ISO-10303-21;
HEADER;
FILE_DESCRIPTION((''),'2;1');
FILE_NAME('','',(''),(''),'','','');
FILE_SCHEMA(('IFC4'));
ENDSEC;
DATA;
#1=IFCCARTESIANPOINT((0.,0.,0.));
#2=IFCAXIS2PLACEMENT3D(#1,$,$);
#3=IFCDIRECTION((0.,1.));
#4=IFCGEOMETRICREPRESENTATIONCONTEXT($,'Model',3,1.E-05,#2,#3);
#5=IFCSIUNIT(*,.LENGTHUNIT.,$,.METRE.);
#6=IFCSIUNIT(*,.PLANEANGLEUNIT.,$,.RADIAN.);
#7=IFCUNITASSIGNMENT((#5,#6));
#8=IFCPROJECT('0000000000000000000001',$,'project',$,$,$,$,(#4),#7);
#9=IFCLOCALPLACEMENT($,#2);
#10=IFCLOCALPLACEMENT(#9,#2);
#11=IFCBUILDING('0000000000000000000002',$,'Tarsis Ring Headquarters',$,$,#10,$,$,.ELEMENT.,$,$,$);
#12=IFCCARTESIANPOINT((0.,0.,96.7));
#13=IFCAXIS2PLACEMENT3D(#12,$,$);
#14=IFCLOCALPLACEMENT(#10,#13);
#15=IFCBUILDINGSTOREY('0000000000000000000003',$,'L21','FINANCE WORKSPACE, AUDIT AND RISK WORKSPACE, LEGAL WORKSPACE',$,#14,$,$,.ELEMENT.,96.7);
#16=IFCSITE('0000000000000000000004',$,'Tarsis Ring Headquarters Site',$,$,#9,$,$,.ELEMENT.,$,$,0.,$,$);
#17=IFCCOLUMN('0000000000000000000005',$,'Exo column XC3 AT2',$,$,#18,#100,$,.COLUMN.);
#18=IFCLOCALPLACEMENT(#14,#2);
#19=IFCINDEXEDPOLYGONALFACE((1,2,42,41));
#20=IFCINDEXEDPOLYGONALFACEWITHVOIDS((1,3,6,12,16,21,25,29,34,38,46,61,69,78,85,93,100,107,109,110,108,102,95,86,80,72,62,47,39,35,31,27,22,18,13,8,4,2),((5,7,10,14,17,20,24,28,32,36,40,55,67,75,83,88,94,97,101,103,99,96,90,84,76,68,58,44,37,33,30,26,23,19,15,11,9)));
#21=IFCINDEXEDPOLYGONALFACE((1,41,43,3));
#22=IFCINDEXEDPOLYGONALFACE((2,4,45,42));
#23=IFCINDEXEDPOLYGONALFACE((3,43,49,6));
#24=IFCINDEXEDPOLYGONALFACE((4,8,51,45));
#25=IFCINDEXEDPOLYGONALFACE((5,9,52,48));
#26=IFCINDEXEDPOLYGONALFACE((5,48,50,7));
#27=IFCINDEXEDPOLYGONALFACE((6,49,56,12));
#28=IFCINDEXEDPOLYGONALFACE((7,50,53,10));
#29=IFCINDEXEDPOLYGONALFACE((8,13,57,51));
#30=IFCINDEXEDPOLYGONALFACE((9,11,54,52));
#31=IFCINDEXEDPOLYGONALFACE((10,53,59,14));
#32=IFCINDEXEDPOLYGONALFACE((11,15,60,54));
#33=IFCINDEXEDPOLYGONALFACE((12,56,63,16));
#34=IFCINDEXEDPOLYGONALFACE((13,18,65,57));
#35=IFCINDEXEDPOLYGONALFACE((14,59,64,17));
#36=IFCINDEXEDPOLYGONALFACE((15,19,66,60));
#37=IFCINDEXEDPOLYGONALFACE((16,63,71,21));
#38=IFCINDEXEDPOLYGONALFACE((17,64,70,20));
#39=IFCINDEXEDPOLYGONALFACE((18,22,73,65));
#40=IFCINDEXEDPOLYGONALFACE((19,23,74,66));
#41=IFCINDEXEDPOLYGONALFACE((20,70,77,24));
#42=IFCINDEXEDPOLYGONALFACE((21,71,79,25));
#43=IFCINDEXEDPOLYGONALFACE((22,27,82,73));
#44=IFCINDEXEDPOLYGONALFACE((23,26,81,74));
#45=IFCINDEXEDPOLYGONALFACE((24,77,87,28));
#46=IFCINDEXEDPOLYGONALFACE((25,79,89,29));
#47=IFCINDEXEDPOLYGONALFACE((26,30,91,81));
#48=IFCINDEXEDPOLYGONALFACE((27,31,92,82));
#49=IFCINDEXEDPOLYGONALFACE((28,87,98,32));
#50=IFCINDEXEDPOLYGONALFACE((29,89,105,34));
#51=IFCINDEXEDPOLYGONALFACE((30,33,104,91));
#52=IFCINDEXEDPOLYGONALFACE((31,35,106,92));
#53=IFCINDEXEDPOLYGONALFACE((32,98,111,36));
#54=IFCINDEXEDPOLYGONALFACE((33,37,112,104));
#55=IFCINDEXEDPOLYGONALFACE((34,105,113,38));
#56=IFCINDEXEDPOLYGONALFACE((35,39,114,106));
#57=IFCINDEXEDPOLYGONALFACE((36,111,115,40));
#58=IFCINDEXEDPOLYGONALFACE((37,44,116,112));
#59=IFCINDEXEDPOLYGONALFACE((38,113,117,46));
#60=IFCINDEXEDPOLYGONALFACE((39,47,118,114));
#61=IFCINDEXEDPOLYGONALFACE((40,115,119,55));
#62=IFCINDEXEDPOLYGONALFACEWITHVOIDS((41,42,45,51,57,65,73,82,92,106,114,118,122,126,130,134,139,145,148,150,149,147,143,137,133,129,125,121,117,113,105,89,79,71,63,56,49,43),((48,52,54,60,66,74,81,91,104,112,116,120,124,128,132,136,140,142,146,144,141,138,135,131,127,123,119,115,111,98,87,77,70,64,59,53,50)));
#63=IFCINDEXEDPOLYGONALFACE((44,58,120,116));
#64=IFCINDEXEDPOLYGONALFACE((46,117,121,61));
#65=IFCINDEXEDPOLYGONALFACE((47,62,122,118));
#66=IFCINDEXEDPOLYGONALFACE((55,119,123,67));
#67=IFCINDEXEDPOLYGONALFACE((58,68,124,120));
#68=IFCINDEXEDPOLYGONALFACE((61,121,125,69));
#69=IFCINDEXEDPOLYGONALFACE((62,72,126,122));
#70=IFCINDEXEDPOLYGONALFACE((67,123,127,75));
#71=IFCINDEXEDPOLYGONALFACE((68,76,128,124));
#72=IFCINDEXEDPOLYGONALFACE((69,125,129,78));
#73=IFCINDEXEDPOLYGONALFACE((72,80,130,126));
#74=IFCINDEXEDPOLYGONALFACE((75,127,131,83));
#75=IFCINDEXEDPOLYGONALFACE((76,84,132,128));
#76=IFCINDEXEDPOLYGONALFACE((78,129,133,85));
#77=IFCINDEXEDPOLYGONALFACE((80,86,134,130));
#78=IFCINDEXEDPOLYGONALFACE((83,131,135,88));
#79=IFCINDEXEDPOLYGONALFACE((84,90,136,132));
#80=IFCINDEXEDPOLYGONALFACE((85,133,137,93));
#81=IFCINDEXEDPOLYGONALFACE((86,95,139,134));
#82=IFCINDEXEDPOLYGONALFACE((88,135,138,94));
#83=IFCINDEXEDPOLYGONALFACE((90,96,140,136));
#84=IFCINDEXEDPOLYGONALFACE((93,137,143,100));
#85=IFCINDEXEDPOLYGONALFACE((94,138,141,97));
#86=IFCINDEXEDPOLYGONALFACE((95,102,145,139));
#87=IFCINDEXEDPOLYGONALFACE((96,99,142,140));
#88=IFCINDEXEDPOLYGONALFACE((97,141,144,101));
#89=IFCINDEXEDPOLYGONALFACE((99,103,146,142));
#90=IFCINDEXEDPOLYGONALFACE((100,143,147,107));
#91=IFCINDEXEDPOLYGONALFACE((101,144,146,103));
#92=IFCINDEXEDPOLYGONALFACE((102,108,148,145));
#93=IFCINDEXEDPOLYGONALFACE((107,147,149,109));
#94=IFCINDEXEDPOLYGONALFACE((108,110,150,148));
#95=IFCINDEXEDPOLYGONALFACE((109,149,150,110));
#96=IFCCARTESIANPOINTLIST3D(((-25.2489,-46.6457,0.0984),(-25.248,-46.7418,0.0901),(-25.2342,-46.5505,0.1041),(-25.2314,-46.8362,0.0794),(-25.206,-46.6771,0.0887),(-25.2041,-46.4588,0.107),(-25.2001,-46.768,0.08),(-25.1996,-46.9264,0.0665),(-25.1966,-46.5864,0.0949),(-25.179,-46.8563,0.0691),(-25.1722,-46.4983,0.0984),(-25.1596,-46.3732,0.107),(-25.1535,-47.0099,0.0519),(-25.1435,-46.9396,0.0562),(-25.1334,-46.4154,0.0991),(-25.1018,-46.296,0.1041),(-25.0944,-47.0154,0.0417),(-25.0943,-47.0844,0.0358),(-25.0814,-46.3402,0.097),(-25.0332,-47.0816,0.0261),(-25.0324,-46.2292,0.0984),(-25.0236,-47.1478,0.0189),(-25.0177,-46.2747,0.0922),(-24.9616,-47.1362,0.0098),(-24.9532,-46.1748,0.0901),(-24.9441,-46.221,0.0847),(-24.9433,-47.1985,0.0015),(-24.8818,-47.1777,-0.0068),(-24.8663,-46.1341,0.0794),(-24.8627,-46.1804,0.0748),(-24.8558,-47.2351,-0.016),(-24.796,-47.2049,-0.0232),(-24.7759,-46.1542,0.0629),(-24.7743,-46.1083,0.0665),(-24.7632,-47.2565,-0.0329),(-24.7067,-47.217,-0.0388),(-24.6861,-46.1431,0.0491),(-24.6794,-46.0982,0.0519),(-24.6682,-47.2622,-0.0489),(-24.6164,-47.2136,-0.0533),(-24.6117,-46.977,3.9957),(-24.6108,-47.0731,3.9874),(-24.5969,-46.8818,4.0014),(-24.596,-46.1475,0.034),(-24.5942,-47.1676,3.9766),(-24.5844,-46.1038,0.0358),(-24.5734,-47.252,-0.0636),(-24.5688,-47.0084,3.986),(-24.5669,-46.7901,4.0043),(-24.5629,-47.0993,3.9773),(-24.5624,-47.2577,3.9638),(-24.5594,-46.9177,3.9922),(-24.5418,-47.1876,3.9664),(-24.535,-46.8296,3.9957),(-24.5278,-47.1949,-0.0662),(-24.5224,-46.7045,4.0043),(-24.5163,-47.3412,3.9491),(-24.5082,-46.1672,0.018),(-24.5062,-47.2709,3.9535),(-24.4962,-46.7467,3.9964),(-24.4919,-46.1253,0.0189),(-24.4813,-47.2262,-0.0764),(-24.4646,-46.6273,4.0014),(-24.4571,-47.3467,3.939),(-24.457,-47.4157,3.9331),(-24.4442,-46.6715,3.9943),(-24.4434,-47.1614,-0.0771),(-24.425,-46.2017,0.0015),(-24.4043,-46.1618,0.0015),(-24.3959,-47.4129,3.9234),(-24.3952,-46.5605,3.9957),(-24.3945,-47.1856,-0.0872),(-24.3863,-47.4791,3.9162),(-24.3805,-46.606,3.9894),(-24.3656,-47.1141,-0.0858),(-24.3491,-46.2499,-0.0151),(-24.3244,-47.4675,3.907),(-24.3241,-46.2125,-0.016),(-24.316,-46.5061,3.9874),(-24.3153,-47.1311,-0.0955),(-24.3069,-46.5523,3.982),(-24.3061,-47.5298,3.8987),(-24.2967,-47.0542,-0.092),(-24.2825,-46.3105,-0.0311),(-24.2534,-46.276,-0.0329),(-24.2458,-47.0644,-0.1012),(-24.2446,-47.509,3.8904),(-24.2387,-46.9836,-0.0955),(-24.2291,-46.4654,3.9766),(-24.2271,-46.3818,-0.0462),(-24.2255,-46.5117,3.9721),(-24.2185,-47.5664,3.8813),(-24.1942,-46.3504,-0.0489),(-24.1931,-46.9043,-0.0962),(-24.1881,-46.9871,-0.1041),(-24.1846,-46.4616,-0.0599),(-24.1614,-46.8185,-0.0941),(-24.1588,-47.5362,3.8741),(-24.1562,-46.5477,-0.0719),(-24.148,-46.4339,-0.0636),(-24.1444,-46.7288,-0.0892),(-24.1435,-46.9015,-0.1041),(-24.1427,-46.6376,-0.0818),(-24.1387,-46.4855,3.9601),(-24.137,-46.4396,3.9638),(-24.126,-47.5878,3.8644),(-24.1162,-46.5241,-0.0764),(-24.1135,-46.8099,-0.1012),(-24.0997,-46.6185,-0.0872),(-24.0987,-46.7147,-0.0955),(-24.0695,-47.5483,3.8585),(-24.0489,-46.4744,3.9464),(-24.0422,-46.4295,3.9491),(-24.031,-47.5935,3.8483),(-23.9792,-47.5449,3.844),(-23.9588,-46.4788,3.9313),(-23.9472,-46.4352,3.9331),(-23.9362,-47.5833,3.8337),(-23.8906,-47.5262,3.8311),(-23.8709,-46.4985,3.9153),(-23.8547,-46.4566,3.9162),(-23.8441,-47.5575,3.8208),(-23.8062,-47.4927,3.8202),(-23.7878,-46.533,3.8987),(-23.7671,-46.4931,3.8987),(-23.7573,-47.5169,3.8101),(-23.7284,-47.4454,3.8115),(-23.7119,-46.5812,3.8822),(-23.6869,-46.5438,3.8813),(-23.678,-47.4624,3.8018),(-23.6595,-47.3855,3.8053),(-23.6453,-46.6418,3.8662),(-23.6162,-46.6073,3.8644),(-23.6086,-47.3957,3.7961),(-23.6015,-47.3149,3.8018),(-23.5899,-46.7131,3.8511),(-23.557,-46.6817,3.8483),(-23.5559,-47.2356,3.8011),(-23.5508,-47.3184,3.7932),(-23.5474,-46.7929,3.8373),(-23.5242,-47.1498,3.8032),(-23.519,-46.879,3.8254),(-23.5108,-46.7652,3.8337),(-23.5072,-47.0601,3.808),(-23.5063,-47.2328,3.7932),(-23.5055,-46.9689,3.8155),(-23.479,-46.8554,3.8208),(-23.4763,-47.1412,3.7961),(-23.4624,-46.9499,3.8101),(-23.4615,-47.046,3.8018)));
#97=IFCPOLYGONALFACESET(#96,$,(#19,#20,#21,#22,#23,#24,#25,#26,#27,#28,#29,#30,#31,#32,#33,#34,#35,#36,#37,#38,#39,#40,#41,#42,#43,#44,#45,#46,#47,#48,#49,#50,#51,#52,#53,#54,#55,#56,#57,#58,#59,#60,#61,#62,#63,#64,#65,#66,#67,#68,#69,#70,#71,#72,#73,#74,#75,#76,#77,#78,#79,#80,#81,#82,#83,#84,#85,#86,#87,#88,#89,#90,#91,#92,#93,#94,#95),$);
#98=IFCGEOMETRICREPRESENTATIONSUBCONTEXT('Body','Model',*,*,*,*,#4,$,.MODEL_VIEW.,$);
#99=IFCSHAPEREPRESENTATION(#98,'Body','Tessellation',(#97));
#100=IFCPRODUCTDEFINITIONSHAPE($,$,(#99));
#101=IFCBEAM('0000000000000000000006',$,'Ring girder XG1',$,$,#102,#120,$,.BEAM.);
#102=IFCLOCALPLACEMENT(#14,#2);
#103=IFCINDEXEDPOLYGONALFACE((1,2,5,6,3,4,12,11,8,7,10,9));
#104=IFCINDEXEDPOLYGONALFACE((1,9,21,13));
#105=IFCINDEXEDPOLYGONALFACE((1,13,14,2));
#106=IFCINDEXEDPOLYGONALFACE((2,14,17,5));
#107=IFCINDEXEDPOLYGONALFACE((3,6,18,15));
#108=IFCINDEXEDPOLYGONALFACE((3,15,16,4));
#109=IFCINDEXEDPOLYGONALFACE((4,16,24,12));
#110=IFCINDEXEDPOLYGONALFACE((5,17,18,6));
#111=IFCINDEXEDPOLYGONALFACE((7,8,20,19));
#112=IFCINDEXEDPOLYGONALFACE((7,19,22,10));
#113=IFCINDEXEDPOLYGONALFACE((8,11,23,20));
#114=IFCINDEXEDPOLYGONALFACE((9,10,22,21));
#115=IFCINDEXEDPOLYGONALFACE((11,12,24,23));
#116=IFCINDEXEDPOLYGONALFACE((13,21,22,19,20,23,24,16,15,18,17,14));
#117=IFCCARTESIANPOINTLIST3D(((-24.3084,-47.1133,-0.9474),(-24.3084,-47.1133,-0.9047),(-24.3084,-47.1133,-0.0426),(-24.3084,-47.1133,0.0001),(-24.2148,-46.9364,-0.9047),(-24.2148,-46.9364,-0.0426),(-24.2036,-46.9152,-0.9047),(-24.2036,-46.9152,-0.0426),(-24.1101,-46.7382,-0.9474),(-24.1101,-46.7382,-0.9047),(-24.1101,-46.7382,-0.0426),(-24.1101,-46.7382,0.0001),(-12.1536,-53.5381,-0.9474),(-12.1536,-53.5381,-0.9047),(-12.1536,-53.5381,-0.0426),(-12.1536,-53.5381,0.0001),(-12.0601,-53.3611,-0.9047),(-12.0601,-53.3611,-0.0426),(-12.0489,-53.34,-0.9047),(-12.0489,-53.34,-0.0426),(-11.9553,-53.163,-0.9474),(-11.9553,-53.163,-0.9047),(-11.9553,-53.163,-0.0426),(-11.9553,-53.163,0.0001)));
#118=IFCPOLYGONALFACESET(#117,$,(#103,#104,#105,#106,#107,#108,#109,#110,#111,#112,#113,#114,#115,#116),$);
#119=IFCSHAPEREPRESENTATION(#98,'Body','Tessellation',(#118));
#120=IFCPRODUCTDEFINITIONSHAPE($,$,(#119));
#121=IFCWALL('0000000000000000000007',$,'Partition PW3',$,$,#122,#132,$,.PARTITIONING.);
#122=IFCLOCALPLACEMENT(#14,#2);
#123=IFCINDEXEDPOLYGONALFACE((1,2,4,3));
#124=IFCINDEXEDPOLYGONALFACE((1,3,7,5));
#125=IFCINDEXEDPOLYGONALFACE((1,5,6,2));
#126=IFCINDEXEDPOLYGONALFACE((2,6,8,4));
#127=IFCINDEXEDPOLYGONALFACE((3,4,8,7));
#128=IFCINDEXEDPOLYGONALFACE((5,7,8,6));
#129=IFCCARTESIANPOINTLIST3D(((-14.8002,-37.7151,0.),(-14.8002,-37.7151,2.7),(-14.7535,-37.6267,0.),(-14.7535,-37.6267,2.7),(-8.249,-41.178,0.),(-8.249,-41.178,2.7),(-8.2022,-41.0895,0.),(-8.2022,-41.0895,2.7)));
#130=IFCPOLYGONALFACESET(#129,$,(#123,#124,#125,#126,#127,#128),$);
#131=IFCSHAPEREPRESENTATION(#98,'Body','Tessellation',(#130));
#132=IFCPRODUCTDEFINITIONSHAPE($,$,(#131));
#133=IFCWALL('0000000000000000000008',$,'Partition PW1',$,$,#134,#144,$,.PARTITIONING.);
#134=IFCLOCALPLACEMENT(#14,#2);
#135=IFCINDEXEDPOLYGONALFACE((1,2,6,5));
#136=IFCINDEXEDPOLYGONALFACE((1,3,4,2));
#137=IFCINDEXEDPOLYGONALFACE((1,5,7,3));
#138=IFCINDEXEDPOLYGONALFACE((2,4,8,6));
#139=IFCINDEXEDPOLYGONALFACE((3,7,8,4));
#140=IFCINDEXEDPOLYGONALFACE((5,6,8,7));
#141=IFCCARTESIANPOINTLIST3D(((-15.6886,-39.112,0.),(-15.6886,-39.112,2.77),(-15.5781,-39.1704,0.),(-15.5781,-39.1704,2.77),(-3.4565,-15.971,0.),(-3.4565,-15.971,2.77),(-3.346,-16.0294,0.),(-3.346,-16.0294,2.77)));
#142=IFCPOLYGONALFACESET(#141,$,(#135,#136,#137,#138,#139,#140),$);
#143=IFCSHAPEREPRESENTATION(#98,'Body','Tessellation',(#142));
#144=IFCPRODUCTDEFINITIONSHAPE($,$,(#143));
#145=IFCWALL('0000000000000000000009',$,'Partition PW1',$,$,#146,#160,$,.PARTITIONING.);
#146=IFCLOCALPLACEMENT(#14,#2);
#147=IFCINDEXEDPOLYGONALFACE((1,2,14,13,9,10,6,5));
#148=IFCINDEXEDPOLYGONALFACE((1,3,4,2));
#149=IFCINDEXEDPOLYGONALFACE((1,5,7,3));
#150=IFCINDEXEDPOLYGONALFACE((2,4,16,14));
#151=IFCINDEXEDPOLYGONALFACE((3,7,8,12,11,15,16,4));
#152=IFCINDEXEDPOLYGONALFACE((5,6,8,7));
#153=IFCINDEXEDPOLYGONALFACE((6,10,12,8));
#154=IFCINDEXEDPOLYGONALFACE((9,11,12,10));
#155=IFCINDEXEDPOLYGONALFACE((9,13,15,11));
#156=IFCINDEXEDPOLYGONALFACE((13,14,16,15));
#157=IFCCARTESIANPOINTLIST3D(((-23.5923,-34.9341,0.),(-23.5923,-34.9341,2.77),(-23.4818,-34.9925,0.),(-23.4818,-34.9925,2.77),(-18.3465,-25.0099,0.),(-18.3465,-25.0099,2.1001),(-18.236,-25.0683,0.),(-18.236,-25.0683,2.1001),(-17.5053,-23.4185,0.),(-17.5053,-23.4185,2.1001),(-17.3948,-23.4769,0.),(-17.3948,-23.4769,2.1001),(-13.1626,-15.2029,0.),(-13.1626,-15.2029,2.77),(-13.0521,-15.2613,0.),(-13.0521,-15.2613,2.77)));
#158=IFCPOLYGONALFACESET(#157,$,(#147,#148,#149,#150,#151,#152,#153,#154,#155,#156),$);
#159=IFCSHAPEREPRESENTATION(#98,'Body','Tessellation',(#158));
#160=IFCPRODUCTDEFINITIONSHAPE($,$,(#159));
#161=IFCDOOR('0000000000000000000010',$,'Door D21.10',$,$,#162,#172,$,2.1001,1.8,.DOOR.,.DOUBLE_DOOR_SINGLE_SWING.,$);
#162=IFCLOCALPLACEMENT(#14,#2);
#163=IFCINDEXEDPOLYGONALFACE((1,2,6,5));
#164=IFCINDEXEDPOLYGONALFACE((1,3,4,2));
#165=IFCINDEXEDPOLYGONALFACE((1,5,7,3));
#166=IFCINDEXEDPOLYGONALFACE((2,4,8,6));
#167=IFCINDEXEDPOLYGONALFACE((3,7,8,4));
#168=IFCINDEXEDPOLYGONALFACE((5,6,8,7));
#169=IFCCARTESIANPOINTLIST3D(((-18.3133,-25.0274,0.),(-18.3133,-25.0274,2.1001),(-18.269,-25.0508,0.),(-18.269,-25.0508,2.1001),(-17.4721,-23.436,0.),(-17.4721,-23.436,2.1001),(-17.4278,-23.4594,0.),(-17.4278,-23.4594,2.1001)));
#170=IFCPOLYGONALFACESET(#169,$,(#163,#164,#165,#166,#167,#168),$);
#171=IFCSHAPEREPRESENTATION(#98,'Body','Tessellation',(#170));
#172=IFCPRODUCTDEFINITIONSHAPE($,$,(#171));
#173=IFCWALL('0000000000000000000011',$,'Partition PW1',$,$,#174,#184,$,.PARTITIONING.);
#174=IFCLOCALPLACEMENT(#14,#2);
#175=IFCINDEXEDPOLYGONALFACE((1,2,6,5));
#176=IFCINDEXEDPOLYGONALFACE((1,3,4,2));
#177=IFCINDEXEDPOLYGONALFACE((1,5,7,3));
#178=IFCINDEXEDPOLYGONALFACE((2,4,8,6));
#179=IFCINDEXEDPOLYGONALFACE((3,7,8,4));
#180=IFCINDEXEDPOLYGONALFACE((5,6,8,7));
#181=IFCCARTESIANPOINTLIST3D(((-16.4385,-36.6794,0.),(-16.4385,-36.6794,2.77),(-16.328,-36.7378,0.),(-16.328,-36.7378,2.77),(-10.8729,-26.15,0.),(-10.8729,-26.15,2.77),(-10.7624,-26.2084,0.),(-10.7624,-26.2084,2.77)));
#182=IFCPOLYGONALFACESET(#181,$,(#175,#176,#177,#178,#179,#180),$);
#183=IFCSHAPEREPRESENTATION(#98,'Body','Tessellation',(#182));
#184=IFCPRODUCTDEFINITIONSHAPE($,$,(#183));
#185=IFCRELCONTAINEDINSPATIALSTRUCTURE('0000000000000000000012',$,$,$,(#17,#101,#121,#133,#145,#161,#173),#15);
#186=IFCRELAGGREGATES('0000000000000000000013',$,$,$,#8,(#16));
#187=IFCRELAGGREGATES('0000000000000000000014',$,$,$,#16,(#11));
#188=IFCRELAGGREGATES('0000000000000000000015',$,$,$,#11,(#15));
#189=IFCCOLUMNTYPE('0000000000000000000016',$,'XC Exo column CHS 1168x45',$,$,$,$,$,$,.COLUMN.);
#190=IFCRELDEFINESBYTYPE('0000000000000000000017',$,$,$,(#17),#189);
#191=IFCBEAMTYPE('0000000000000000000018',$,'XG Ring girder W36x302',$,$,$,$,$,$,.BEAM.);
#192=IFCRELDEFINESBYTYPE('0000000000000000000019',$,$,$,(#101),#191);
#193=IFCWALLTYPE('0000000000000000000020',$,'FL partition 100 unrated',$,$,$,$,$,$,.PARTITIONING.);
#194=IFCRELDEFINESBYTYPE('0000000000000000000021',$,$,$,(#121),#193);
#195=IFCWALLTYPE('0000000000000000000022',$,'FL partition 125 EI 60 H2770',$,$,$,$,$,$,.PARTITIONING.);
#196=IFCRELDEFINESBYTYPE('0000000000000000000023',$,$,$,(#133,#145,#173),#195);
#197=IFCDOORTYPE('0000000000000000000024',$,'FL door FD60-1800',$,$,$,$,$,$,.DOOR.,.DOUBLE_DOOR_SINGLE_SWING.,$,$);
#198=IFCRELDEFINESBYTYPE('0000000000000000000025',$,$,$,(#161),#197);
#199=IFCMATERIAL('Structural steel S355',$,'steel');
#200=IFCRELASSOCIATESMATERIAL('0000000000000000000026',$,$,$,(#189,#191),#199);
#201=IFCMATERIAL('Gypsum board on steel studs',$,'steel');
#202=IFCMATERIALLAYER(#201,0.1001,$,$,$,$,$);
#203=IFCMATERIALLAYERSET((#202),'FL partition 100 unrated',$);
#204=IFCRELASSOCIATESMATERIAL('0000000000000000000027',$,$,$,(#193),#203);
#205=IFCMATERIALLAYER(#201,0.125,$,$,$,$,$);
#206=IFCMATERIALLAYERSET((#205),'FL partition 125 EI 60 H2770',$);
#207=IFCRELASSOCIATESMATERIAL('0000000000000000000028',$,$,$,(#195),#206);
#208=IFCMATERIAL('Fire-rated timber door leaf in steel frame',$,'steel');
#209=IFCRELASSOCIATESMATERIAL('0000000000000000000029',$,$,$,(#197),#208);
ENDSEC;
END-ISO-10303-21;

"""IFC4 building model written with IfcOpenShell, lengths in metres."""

from ifc_helpers import new_model, si_unit, direction, frame, frame_2d, origin, origin_2d, place, context, subcontext, project, spatial, rectangle, hollow_circle, i_section, extrude, material, layer, layer_set, material_profile, profile_set, type_object, element, fill, save


model = new_model("IFC4")

# Units and contexts
model_context = context("Model", 3, precision=1e-05, world=origin(), true_north=direction((0.0, 1.0)))
body_context = subcontext(model_context, "Body", "Model", "MODEL_VIEW")
ifc_project = project(units=[si_unit("LENGTHUNIT", "METRE"), si_unit("PLANEANGLEUNIT", "RADIAN")], contexts=[model_context])

# Site, building, storey
site_placement = place(None, origin())
site = spatial("IfcSite", under=ifc_project, at=site_placement, Name="Tarsis Ring Headquarters Site", CompositionType="ELEMENT", RefElevation=0.0)
building_placement = place(site_placement, origin())
building = spatial("IfcBuilding", under=site, at=building_placement, Name="Tarsis Ring Headquarters", CompositionType="ELEMENT")
storey_placement = place(building_placement, frame((0.0, 0.0, 96.7)))
storey = spatial("IfcBuildingStorey", under=building, at=storey_placement, Name="L21", Description="FINANCE WORKSPACE, AUDIT AND RISK WORKSPACE, LEGAL WORKSPACE", CompositionType="ELEMENT", Elevation=96.7)

# Column
ifc_material_1 = material(Name="Structural steel S355", Category="steel")
ifc_material_profile_1 = material_profile(ifc_material_1, hollow_circle(Radius=0.5842, WallThickness=0.0449, at=origin_2d()), Name="CHS 1168x45")
ifc_profile_set_1 = profile_set([ifc_material_profile_1], Name="Structural steel S355")
column_type = type_object("IfcColumnType", Name="XC Exo column CHS 1168x45", PredefinedType="COLUMN", material=ifc_profile_set_1)
column_placement = place(storey_placement, frame((-24.6738, -46.6802, 0.0015), z_axis=(0.160796, -0.083601, 0.983441), x_axis=(0.461299, 0.887245, 0.0)))
element("IfcColumn", 1, at=column_placement, inside=storey, type_object=column_type, Name="Exo column XC3 AT2", PredefinedType="COLUMN", context=body_context, shape_type="SweptSolid", body=[
    extrude(hollow_circle(Radius=0.5842, WallThickness=0.0449, at=origin_2d()), origin(), (0.0, 0.0, 1.0), 3.9629),
])

# Beam
ifc_material_profile_2 = material_profile(ifc_material_1, i_section(OverallWidth=0.4243, OverallDepth=0.9475, WebThickness=0.0239, FlangeThickness=0.0427, at=origin_2d()), Name="W36x302")
ifc_profile_set_2 = profile_set([ifc_material_profile_2], Name="Structural steel S355")
beam_type = type_object("IfcBeamType", Name="XG Ring girder W36x302", PredefinedType="BEAM", material=ifc_profile_set_2)
beam_placement = place(storey_placement, frame((-24.2092, -46.9258, -0.4736), z_axis=(0.884091, -0.467315, 0.0), x_axis=(0.467315, 0.884091, 0.0)))
element("IfcBeam", 2, at=beam_placement, inside=storey, type_object=beam_type, Name="Ring girder XG1", PredefinedType="BEAM", context=body_context, shape_type="SweptSolid", body=[
    extrude(i_section(OverallWidth=0.4243, OverallDepth=0.9475, WebThickness=0.0239, FlangeThickness=0.0427, at=origin_2d()), origin(), (0.0, 0.0, 1.0), 13.7483),
])

# Walls
ifc_material_2 = material(Name="Gypsum board on steel studs", Category="steel")
ifc_layer_1 = layer(ifc_material_2, 0.1001)
ifc_layer_set_1 = layer_set([ifc_layer_1], Name="FL partition 100 unrated")
wall_type_1 = type_object("IfcWallType", Name="FL partition 100 unrated", PredefinedType="PARTITIONING", material=ifc_layer_set_1)
wall_1_placement = place(storey_placement, frame((-14.7769, -37.6709, 0.0), z_axis=(0.0, 0.0, 1.0), x_axis=(0.884091, -0.467315, 0.0)))
element("IfcWall", 3, at=wall_1_placement, inside=storey, type_object=wall_type_1, Name="Partition PW3", PredefinedType="PARTITIONING", context=body_context, shape_type="SweptSolid", body=[
    extrude(rectangle(XDim=7.4102, YDim=0.1001, at=frame_2d((3.7051, 0.0))), origin(), (0.0, 0.0, 1.0), 2.7),
])
ifc_layer_2 = layer(ifc_material_2, 0.125)
ifc_layer_set_2 = layer_set([ifc_layer_2], Name="FL partition 125 EI 60 H2770")
wall_type_2 = type_object("IfcWallType", Name="FL partition 125 EI 60 H2770", PredefinedType="PARTITIONING", material=ifc_layer_set_2)
wall_2_placement = place(storey_placement, frame((-15.6333, -39.1411, 0.0), z_axis=(0.0, 0.0, 1.0), x_axis=(0.467321, 0.884088, 0.0)))
element("IfcWall", 4, at=wall_2_placement, inside=storey, type_object=wall_type_2, Name="Partition PW1", PredefinedType="PARTITIONING", context=body_context, shape_type="SweptSolid", body=[
    extrude(rectangle(XDim=26.175, YDim=0.125, at=frame_2d((13.0874, 0.0))), origin(), (0.0, 0.0, 1.0), 2.77),
])

# Wall, opening, door
wall_3_placement = place(storey_placement, frame((-23.5371, -34.9634, 0.0), z_axis=(0.0, 0.0, 1.0), x_axis=(0.467319, 0.884089, 0.0)))
wall_3 = element("IfcWall", 5, at=wall_3_placement, inside=storey, type_object=wall_type_2, Name="Partition PW1", PredefinedType="PARTITIONING", context=body_context, shape_type="SweptSolid", body=[
    extrude(rectangle(XDim=22.3181, YDim=0.125, at=frame_2d((11.1592, 0.0))), origin(), (0.0, 0.0, 1.0), 2.77),
])
opening_1_placement = place(wall_3_placement, frame((11.2256, 0.0, 0.0)))
opening_1 = element("IfcOpeningElement", 6, at=opening_1_placement, cuts=wall_3, PredefinedType="OPENING", context=body_context, shape_type="SweptSolid", body=[
    extrude(rectangle(XDim=1.8, YDim=2.1001, at=frame_2d((0.8999, 1.05))), frame((0.0, 0.0725, 0.0), z_axis=(0.0, -1.0, 0.0), x_axis=(1.0, 0.0, 0.0)), (0.0, 0.0, 1.0), 0.145),
])
ifc_material_3 = material(Name="Fire-rated timber door leaf in steel frame", Category="steel")
door_type = type_object("IfcDoorType", Name="FL door FD60-1800", OperationType="DOUBLE_DOOR_SINGLE_SWING", PredefinedType="DOOR", material=ifc_material_3)
door_1_placement = place(opening_1_placement, origin())
door_1 = element("IfcDoor", 7, at=door_1_placement, inside=storey, type_object=door_type, Name="Door D21.10", OperationType="DOUBLE_DOOR_SINGLE_SWING", OverallHeight=2.1001, OverallWidth=1.8, PredefinedType="DOOR", context=body_context, shape_type="SweptSolid", body=[
    extrude(rectangle(XDim=1.8, YDim=2.1001, at=frame_2d((0.8999, 1.05))), frame((0.0, 0.0249, 0.0), z_axis=(0.0, -1.0, 0.0), x_axis=(1.0, 0.0, 0.0)), (0.0, 0.0, 1.0), 0.05),
])
fill(opening_1, door_1)

# Wall
wall_4_placement = place(storey_placement, frame((-16.3833, -36.7087, 0.0), z_axis=(0.0, 0.0, 1.0), x_axis=(0.467311, 0.884093, 0.0)))
element("IfcWall", 8, at=wall_4_placement, inside=storey, type_object=wall_type_2, Name="Partition PW1", PredefinedType="PARTITIONING", context=body_context, shape_type="SweptSolid", body=[
    extrude(rectangle(XDim=11.9099, YDim=0.125, at=frame_2d((5.9551, 0.0))), origin(), (0.0, 0.0, 1.0), 2.77),
])

save(model, "model.ifc")
